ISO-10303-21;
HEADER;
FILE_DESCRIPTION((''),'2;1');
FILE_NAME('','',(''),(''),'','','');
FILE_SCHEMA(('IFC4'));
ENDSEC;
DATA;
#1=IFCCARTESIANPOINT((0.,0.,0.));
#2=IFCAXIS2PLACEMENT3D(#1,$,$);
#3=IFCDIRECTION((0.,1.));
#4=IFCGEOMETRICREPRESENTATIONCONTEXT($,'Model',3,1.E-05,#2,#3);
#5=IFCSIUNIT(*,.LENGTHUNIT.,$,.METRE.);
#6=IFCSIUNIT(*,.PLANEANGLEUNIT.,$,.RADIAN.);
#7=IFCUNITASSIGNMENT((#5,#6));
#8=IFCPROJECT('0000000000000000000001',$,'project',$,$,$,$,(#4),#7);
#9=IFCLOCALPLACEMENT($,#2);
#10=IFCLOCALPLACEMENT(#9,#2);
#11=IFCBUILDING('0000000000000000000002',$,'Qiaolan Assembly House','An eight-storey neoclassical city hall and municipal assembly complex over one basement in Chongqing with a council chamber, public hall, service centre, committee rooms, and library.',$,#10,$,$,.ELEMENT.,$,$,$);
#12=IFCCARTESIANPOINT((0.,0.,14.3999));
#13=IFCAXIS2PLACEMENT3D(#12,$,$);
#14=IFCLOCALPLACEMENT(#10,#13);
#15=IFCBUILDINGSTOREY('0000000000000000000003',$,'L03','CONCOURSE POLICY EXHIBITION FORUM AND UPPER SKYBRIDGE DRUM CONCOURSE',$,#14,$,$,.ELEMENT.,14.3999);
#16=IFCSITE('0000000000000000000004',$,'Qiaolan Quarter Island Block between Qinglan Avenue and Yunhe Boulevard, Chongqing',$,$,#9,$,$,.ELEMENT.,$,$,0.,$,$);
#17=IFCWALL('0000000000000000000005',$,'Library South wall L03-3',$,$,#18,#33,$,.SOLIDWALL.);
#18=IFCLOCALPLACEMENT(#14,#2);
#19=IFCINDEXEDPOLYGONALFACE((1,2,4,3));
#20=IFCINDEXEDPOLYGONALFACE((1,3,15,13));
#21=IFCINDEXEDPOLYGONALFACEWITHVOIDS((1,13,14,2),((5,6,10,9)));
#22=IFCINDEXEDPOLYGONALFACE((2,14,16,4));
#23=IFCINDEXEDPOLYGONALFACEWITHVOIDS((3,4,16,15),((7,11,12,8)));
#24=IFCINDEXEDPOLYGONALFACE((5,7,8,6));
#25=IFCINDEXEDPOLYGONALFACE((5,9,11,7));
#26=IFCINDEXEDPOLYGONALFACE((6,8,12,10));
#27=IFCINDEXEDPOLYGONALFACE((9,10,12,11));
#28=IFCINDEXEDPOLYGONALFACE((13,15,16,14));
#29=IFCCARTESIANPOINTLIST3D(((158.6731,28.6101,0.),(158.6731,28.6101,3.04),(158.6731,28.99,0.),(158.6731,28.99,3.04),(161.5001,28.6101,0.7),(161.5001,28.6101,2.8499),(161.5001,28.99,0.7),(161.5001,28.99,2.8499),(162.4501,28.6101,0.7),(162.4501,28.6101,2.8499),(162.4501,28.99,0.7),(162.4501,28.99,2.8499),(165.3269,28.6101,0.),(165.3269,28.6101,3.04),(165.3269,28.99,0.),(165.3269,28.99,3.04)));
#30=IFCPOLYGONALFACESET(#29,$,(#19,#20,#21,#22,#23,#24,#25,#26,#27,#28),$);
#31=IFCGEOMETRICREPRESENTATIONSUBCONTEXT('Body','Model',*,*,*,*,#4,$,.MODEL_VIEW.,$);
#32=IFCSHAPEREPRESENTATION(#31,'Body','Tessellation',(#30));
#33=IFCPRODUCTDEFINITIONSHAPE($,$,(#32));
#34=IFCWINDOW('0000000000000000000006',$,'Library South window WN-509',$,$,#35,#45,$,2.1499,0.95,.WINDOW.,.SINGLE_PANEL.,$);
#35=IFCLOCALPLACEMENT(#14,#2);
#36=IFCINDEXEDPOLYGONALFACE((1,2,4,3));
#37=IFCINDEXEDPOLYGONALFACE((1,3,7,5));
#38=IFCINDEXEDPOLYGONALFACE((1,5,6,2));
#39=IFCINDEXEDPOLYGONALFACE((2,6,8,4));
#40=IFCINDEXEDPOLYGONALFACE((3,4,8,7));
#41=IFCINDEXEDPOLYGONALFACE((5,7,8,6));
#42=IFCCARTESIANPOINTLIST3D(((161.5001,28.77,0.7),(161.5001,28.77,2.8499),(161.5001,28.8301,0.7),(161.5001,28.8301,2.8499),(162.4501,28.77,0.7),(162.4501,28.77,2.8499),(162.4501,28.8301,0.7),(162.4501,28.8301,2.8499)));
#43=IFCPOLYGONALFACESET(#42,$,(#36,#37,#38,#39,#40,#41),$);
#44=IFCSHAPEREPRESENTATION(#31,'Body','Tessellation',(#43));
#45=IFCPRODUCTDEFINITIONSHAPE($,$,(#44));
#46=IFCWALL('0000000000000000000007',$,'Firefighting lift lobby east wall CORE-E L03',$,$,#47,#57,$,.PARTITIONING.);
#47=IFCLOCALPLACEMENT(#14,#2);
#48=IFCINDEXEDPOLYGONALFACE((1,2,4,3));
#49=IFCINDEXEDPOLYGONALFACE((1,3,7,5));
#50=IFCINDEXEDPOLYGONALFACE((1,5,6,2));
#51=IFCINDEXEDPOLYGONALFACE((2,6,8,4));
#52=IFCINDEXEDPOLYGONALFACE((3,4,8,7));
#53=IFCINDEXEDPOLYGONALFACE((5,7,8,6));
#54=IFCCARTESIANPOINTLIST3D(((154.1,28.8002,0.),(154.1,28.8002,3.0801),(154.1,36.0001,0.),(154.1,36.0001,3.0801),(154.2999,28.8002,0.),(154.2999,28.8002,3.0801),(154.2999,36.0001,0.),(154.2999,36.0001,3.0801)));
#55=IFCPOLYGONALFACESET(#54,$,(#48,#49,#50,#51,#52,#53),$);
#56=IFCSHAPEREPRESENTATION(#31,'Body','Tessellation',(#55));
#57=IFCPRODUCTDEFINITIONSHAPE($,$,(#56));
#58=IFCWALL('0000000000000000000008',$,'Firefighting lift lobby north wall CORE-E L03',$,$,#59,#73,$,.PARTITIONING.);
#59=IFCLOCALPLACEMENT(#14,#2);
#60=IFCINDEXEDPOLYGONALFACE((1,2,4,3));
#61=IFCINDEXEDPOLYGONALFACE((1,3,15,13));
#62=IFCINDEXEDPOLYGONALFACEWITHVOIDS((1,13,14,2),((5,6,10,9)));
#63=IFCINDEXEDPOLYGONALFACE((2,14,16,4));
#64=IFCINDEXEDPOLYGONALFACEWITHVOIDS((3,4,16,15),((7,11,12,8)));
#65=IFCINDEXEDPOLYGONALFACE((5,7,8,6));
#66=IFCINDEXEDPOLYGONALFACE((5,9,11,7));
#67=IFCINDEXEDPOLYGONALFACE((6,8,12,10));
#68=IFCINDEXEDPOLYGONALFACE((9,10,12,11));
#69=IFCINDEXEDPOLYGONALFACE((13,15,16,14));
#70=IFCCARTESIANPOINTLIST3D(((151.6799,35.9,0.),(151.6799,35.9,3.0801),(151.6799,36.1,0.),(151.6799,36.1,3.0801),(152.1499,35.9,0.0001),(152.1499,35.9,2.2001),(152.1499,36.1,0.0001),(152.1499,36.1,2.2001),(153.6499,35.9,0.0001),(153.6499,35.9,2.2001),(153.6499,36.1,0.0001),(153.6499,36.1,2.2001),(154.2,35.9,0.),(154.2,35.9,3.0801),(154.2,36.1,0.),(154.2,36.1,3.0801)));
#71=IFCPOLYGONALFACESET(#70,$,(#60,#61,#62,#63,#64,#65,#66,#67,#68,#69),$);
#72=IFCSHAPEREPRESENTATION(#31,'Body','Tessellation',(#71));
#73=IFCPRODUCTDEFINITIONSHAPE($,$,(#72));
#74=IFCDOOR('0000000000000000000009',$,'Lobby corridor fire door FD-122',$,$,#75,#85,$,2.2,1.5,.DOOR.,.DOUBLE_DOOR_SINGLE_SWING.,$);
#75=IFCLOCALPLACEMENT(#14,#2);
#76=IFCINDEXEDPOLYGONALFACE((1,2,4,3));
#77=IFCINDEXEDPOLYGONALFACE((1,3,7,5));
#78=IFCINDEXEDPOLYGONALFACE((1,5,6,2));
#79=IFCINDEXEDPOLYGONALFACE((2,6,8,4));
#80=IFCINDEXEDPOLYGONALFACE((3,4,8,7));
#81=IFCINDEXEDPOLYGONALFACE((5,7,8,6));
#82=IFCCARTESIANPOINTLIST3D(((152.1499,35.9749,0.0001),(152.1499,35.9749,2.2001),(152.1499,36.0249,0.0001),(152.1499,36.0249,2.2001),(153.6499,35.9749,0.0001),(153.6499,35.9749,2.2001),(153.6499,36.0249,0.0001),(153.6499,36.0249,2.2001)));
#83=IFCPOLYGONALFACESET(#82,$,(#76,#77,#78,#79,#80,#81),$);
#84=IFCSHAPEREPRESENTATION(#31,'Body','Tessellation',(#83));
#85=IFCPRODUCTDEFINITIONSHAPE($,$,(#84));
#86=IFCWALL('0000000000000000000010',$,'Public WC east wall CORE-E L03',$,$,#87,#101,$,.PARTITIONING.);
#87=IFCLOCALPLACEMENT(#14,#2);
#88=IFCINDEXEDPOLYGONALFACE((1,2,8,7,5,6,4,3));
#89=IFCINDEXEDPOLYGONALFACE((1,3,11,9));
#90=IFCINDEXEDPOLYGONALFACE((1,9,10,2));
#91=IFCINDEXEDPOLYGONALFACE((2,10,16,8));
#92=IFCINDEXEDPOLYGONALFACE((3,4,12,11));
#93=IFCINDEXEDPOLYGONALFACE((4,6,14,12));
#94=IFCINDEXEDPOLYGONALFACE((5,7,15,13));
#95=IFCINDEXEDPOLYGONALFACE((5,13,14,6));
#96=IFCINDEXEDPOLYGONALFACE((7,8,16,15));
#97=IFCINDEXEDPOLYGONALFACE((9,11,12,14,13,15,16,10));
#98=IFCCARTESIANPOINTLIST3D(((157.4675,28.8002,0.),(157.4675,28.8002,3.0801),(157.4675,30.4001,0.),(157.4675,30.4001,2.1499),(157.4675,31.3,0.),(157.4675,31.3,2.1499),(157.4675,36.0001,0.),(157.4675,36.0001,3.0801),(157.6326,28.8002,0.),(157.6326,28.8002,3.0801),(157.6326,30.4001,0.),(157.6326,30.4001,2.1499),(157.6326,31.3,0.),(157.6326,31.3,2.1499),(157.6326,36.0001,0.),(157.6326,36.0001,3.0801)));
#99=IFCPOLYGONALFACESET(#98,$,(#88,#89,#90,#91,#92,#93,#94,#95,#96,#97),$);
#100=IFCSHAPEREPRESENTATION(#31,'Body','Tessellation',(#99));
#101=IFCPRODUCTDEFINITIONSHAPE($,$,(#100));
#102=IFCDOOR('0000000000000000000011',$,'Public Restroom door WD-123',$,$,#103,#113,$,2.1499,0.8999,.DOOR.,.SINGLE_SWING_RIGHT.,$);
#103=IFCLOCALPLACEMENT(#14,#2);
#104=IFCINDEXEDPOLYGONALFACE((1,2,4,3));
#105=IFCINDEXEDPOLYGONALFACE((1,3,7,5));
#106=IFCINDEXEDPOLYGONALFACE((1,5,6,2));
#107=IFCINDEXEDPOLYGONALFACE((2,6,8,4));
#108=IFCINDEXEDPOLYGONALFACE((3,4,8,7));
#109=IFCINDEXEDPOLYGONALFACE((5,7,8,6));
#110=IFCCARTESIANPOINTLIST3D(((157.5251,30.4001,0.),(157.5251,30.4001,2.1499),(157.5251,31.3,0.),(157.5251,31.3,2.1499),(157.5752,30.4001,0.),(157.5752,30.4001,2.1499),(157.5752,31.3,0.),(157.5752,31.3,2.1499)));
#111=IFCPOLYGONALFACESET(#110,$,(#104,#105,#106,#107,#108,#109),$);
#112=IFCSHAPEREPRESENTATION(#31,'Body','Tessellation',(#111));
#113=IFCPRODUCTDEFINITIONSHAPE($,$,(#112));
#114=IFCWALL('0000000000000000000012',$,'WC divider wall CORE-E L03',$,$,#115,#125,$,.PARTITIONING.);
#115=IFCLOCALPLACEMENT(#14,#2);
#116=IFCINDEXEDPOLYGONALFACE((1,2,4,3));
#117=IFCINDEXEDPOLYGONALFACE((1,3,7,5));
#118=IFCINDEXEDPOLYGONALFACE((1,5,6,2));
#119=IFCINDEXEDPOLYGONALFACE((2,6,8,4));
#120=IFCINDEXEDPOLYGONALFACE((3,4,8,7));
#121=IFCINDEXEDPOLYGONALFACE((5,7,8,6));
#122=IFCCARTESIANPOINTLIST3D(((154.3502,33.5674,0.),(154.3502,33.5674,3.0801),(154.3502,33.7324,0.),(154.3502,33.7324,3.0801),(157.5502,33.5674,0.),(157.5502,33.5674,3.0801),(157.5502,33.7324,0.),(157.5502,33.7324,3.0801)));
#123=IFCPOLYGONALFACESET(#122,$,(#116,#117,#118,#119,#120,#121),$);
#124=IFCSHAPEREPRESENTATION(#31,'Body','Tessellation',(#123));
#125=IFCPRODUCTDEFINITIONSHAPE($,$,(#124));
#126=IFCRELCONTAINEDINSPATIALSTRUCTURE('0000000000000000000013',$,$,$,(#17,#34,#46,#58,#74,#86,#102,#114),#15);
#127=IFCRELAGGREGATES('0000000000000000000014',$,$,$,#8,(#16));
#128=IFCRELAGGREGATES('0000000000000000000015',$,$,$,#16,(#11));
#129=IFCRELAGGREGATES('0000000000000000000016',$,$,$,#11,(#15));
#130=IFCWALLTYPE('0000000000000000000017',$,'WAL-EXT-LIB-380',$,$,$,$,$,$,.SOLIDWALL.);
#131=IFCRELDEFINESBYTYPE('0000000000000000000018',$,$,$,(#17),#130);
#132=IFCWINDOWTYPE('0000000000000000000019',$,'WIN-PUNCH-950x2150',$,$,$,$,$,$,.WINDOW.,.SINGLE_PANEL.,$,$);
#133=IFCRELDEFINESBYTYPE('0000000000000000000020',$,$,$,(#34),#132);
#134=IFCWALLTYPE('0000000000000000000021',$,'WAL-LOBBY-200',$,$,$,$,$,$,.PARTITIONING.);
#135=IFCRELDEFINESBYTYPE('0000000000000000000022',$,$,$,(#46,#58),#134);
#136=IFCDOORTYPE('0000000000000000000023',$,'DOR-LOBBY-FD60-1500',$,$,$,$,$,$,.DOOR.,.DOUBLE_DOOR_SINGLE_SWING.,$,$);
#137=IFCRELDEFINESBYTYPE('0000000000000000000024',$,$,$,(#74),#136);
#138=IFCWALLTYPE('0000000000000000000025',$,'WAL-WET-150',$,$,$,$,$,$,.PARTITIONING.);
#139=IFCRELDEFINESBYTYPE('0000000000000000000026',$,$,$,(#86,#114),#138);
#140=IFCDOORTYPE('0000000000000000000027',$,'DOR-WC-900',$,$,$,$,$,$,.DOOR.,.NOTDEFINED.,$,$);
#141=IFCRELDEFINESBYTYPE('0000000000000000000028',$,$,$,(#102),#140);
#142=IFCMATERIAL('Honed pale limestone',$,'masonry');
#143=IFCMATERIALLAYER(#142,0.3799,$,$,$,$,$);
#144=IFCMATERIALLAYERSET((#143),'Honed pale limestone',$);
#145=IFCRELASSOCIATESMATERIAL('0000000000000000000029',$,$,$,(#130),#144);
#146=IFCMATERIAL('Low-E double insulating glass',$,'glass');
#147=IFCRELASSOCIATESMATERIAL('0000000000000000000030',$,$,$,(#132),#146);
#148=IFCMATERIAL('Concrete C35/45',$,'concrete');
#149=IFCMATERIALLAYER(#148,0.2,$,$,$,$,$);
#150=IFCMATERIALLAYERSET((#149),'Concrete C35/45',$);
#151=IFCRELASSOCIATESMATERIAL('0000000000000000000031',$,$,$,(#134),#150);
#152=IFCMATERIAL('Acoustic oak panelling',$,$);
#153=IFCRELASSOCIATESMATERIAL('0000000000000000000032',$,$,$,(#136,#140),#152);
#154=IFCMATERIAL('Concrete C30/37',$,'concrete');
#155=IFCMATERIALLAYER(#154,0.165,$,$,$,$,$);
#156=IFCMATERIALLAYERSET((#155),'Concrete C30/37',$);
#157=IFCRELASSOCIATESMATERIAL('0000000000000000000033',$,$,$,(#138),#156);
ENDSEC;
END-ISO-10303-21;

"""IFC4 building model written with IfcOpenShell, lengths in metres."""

from ifc_helpers import new_model, si_unit, direction, frame, frame_2d, origin, place, context, subcontext, project, spatial, rectangle, extrude, material, layer, layer_set, type_object, element, fill, save


model = new_model("IFC4")

# Units and contexts
model_context = context("Model", 3, precision=1e-05, world=origin(), true_north=direction((0.0, 1.0)))
body_context = subcontext(model_context, "Body", "Model", "MODEL_VIEW")
ifc_project = project(units=[si_unit("LENGTHUNIT", "METRE"), si_unit("PLANEANGLEUNIT", "RADIAN")], contexts=[model_context])

# Site, building, storey
site_placement = place(None, origin())
site = spatial("IfcSite", under=ifc_project, at=site_placement, Name="Qiaolan Quarter Island Block between Qinglan Avenue and Yunhe Boulevard, Chongqing", CompositionType="ELEMENT", RefElevation=0.0)
building_placement = place(site_placement, origin())
building = spatial("IfcBuilding", under=site, at=building_placement, Name="Qiaolan Assembly House", Description="An eight-storey neoclassical city hall and municipal assembly complex over one basement in Chongqing with a council chamber, public hall, service centre, committee rooms, and library.", CompositionType="ELEMENT")
storey_placement = place(building_placement, frame((0.0, 0.0, 14.3999)))
storey = spatial("IfcBuildingStorey", under=building, at=storey_placement, Name="L03", Description="CONCOURSE POLICY EXHIBITION FORUM AND UPPER SKYBRIDGE DRUM CONCOURSE", CompositionType="ELEMENT", Elevation=14.3999)

# Wall, opening, window
ifc_material_1 = material(Name="Honed pale limestone", Category="masonry")
ifc_layer_1 = layer(ifc_material_1, 0.3799)
ifc_layer_set_1 = layer_set([ifc_layer_1], Name="Honed pale limestone")
wall_type_1 = type_object("IfcWallType", Name="WAL-EXT-LIB-380", PredefinedType="SOLIDWALL", material=ifc_layer_set_1)
ifc_material_2 = material(Name="Low-E double insulating glass", Category="glass")
window_type = type_object("IfcWindowType", Name="WIN-PUNCH-950x2150", PartitioningType="SINGLE_PANEL", PredefinedType="WINDOW", material=ifc_material_2)
wall_1_placement = place(storey_placement, frame((158.6731, 28.8, 0.0), z_axis=(0.0, 0.0, 1.0), x_axis=(1.0, 0.0, 0.0)))
wall_1 = element("IfcWall", 1, at=wall_1_placement, inside=storey, type_object=wall_type_1, Name="Library South wall L03-3", PredefinedType="SOLIDWALL", context=body_context, shape_type="SweptSolid", body=[
    extrude(rectangle(XDim=6.6538, YDim=0.3799, at=frame_2d((3.3269, 0.0))), origin(), (0.0, 0.0, 1.0), 3.04),
])
opening_1_placement = place(wall_1_placement, frame((2.8269, 0.0, 0.7)))
opening_1 = element("IfcOpeningElement", 2, at=opening_1_placement, cuts=wall_1, PredefinedType="OPENING", context=body_context, shape_type="SweptSolid", body=[
    extrude(rectangle(XDim=0.95, YDim=2.1499, at=frame_2d((0.4751, 1.075))), frame((0.0, 0.2, 0.0), z_axis=(0.0, -1.0, 0.0), x_axis=(1.0, 0.0, 0.0)), (0.0, 0.0, 1.0), 0.3999),
])
window_1_placement = place(opening_1_placement, origin())
window_1 = element("IfcWindow", 3, at=window_1_placement, inside=storey, type_object=window_type, Name="Library South window WN-509", OverallHeight=2.1499, OverallWidth=0.95, PartitioningType="SINGLE_PANEL", PredefinedType="WINDOW", context=body_context, shape_type="SweptSolid", body=[
    extrude(rectangle(XDim=0.95, YDim=2.1499, at=frame_2d((0.4751, 1.075))), frame((0.0, 0.03, 0.0), z_axis=(0.0, -1.0, 0.0), x_axis=(1.0, 0.0, 0.0)), (0.0, 0.0, 1.0), 0.0601),
])
fill(opening_1, window_1)

# Wall
ifc_material_3 = material(Name="Concrete C35/45", Category="concrete")
ifc_layer_2 = layer(ifc_material_3, 0.2)
ifc_layer_set_2 = layer_set([ifc_layer_2], Name="Concrete C35/45")
wall_type_2 = type_object("IfcWallType", Name="WAL-LOBBY-200", PredefinedType="PARTITIONING", material=ifc_layer_set_2)
wall_2_placement = place(storey_placement, frame((154.2, 28.8, 0.0), z_axis=(0.0, 0.0, 1.0), x_axis=(0.0, 1.0, 0.0)))
element("IfcWall", 4, at=wall_2_placement, inside=storey, type_object=wall_type_2, Name="Firefighting lift lobby east wall CORE-E L03", PredefinedType="PARTITIONING", context=body_context, shape_type="SweptSolid", body=[
    extrude(rectangle(XDim=7.2, YDim=0.2, at=frame_2d((3.6001, 0.0))), origin(), (0.0, 0.0, 1.0), 3.0801),
])

# Walls, openings, doors
wall_3_placement = place(storey_placement, frame((154.2, 36.0, 0.0), z_axis=(0.0, 0.0, 1.0), x_axis=(-1.0, 0.0, 0.0)))
wall_3 = element("IfcWall", 5, at=wall_3_placement, inside=storey, type_object=wall_type_2, Name="Firefighting lift lobby north wall CORE-E L03", PredefinedType="PARTITIONING", context=body_context, shape_type="SweptSolid", body=[
    extrude(rectangle(XDim=2.52, YDim=0.2, at=frame_2d((1.26, 0.0))), origin(), (0.0, 0.0, 1.0), 3.0801),
])
opening_2_placement = place(wall_3_placement, frame((0.55, 0.0, 0.0)))
opening_2 = element("IfcOpeningElement", 6, at=opening_2_placement, cuts=wall_3, PredefinedType="OPENING", context=body_context, shape_type="SweptSolid", body=[
    extrude(rectangle(XDim=1.5, YDim=2.2, at=frame_2d((0.75, 1.1001))), frame((0.0, 0.1099, 0.0), z_axis=(0.0, -1.0, 0.0), x_axis=(1.0, 0.0, 0.0)), (0.0, 0.0, 1.0), 0.22),
])
ifc_material_4 = material(Name="Acoustic oak panelling")
door_type_1 = type_object("IfcDoorType", Name="DOR-LOBBY-FD60-1500", OperationType="DOUBLE_DOOR_SINGLE_SWING", PredefinedType="DOOR", material=ifc_material_4)
door_1_placement = place(opening_2_placement, frame((1.5, 0.0, 0.0), z_axis=(0.0, 0.0, 1.0), x_axis=(-1.0, 0.0, 0.0)))
door_1 = element("IfcDoor", 7, at=door_1_placement, inside=storey, type_object=door_type_1, Name="Lobby corridor fire door FD-122", OperationType="DOUBLE_DOOR_SINGLE_SWING", OverallHeight=2.2, OverallWidth=1.5, PredefinedType="DOOR", context=body_context, shape_type="SweptSolid", body=[
    extrude(rectangle(XDim=1.5, YDim=2.2, at=frame_2d((0.75, 1.1001))), frame((0.0, 0.0249, 0.0), z_axis=(0.0, -1.0, 0.0), x_axis=(1.0, 0.0, 0.0)), (0.0, 0.0, 1.0), 0.05),
])
fill(opening_2, door_1)
ifc_material_5 = material(Name="Concrete C30/37", Category="concrete")
ifc_layer_3 = layer(ifc_material_5, 0.165)
ifc_layer_set_3 = layer_set([ifc_layer_3], Name="Concrete C30/37")
wall_type_3 = type_object("IfcWallType", Name="WAL-WET-150", PredefinedType="PARTITIONING", material=ifc_layer_set_3)
wall_4_placement = place(storey_placement, frame((157.55, 28.8, 0.0), z_axis=(0.0, 0.0, 1.0), x_axis=(0.0, 1.0, 0.0)))
wall_4 = element("IfcWall", 8, at=wall_4_placement, inside=storey, type_object=wall_type_3, Name="Public WC east wall CORE-E L03", PredefinedType="PARTITIONING", context=body_context, shape_type="SweptSolid", body=[
    extrude(rectangle(XDim=7.2, YDim=0.165, at=frame_2d((3.6001, 0.0))), origin(), (0.0, 0.0, 1.0), 3.0801),
])
opening_3_placement = place(wall_4_placement, frame((1.6001, 0.0, 0.0)))
opening_3 = element("IfcOpeningElement", 9, at=opening_3_placement, cuts=wall_4, PredefinedType="OPENING", context=body_context, shape_type="SweptSolid", body=[
    extrude(rectangle(XDim=0.8999, YDim=2.1499, at=frame_2d((0.45, 1.075))), frame((0.0, 0.0925, 0.0), z_axis=(0.0, -1.0, 0.0), x_axis=(1.0, 0.0, 0.0)), (0.0, 0.0, 1.0), 0.1851),
])
door_type_2 = type_object("IfcDoorType", Name="DOR-WC-900", OperationType="NOTDEFINED", PredefinedType="DOOR", material=ifc_material_4)
door_2_placement = place(opening_3_placement, origin())
door_2 = element("IfcDoor", 10, at=door_2_placement, inside=storey, type_object=door_type_2, Name="Public Restroom door WD-123", OperationType="SINGLE_SWING_RIGHT", OverallHeight=2.1499, OverallWidth=0.8999, PredefinedType="DOOR", context=body_context, shape_type="SweptSolid", body=[
    extrude(rectangle(XDim=0.8999, YDim=2.1499, at=frame_2d((0.45, 1.075))), frame((0.0, 0.0249, 0.0), z_axis=(0.0, -1.0, 0.0), x_axis=(1.0, 0.0, 0.0)), (0.0, 0.0, 1.0), 0.05),
])
fill(opening_3, door_2)

# Wall
wall_5_placement = place(storey_placement, frame((154.3501, 33.6499, 0.0), z_axis=(0.0, 0.0, 1.0), x_axis=(1.0, 0.0, 0.0)))
element("IfcWall", 11, at=wall_5_placement, inside=storey, type_object=wall_type_3, Name="WC divider wall CORE-E L03", PredefinedType="PARTITIONING", context=body_context, shape_type="SweptSolid", body=[
    extrude(rectangle(XDim=3.2, YDim=0.165, at=frame_2d((1.6001, 0.0))), origin(), (0.0, 0.0, 1.0), 3.0801),
])

save(model, "model.ifc")
